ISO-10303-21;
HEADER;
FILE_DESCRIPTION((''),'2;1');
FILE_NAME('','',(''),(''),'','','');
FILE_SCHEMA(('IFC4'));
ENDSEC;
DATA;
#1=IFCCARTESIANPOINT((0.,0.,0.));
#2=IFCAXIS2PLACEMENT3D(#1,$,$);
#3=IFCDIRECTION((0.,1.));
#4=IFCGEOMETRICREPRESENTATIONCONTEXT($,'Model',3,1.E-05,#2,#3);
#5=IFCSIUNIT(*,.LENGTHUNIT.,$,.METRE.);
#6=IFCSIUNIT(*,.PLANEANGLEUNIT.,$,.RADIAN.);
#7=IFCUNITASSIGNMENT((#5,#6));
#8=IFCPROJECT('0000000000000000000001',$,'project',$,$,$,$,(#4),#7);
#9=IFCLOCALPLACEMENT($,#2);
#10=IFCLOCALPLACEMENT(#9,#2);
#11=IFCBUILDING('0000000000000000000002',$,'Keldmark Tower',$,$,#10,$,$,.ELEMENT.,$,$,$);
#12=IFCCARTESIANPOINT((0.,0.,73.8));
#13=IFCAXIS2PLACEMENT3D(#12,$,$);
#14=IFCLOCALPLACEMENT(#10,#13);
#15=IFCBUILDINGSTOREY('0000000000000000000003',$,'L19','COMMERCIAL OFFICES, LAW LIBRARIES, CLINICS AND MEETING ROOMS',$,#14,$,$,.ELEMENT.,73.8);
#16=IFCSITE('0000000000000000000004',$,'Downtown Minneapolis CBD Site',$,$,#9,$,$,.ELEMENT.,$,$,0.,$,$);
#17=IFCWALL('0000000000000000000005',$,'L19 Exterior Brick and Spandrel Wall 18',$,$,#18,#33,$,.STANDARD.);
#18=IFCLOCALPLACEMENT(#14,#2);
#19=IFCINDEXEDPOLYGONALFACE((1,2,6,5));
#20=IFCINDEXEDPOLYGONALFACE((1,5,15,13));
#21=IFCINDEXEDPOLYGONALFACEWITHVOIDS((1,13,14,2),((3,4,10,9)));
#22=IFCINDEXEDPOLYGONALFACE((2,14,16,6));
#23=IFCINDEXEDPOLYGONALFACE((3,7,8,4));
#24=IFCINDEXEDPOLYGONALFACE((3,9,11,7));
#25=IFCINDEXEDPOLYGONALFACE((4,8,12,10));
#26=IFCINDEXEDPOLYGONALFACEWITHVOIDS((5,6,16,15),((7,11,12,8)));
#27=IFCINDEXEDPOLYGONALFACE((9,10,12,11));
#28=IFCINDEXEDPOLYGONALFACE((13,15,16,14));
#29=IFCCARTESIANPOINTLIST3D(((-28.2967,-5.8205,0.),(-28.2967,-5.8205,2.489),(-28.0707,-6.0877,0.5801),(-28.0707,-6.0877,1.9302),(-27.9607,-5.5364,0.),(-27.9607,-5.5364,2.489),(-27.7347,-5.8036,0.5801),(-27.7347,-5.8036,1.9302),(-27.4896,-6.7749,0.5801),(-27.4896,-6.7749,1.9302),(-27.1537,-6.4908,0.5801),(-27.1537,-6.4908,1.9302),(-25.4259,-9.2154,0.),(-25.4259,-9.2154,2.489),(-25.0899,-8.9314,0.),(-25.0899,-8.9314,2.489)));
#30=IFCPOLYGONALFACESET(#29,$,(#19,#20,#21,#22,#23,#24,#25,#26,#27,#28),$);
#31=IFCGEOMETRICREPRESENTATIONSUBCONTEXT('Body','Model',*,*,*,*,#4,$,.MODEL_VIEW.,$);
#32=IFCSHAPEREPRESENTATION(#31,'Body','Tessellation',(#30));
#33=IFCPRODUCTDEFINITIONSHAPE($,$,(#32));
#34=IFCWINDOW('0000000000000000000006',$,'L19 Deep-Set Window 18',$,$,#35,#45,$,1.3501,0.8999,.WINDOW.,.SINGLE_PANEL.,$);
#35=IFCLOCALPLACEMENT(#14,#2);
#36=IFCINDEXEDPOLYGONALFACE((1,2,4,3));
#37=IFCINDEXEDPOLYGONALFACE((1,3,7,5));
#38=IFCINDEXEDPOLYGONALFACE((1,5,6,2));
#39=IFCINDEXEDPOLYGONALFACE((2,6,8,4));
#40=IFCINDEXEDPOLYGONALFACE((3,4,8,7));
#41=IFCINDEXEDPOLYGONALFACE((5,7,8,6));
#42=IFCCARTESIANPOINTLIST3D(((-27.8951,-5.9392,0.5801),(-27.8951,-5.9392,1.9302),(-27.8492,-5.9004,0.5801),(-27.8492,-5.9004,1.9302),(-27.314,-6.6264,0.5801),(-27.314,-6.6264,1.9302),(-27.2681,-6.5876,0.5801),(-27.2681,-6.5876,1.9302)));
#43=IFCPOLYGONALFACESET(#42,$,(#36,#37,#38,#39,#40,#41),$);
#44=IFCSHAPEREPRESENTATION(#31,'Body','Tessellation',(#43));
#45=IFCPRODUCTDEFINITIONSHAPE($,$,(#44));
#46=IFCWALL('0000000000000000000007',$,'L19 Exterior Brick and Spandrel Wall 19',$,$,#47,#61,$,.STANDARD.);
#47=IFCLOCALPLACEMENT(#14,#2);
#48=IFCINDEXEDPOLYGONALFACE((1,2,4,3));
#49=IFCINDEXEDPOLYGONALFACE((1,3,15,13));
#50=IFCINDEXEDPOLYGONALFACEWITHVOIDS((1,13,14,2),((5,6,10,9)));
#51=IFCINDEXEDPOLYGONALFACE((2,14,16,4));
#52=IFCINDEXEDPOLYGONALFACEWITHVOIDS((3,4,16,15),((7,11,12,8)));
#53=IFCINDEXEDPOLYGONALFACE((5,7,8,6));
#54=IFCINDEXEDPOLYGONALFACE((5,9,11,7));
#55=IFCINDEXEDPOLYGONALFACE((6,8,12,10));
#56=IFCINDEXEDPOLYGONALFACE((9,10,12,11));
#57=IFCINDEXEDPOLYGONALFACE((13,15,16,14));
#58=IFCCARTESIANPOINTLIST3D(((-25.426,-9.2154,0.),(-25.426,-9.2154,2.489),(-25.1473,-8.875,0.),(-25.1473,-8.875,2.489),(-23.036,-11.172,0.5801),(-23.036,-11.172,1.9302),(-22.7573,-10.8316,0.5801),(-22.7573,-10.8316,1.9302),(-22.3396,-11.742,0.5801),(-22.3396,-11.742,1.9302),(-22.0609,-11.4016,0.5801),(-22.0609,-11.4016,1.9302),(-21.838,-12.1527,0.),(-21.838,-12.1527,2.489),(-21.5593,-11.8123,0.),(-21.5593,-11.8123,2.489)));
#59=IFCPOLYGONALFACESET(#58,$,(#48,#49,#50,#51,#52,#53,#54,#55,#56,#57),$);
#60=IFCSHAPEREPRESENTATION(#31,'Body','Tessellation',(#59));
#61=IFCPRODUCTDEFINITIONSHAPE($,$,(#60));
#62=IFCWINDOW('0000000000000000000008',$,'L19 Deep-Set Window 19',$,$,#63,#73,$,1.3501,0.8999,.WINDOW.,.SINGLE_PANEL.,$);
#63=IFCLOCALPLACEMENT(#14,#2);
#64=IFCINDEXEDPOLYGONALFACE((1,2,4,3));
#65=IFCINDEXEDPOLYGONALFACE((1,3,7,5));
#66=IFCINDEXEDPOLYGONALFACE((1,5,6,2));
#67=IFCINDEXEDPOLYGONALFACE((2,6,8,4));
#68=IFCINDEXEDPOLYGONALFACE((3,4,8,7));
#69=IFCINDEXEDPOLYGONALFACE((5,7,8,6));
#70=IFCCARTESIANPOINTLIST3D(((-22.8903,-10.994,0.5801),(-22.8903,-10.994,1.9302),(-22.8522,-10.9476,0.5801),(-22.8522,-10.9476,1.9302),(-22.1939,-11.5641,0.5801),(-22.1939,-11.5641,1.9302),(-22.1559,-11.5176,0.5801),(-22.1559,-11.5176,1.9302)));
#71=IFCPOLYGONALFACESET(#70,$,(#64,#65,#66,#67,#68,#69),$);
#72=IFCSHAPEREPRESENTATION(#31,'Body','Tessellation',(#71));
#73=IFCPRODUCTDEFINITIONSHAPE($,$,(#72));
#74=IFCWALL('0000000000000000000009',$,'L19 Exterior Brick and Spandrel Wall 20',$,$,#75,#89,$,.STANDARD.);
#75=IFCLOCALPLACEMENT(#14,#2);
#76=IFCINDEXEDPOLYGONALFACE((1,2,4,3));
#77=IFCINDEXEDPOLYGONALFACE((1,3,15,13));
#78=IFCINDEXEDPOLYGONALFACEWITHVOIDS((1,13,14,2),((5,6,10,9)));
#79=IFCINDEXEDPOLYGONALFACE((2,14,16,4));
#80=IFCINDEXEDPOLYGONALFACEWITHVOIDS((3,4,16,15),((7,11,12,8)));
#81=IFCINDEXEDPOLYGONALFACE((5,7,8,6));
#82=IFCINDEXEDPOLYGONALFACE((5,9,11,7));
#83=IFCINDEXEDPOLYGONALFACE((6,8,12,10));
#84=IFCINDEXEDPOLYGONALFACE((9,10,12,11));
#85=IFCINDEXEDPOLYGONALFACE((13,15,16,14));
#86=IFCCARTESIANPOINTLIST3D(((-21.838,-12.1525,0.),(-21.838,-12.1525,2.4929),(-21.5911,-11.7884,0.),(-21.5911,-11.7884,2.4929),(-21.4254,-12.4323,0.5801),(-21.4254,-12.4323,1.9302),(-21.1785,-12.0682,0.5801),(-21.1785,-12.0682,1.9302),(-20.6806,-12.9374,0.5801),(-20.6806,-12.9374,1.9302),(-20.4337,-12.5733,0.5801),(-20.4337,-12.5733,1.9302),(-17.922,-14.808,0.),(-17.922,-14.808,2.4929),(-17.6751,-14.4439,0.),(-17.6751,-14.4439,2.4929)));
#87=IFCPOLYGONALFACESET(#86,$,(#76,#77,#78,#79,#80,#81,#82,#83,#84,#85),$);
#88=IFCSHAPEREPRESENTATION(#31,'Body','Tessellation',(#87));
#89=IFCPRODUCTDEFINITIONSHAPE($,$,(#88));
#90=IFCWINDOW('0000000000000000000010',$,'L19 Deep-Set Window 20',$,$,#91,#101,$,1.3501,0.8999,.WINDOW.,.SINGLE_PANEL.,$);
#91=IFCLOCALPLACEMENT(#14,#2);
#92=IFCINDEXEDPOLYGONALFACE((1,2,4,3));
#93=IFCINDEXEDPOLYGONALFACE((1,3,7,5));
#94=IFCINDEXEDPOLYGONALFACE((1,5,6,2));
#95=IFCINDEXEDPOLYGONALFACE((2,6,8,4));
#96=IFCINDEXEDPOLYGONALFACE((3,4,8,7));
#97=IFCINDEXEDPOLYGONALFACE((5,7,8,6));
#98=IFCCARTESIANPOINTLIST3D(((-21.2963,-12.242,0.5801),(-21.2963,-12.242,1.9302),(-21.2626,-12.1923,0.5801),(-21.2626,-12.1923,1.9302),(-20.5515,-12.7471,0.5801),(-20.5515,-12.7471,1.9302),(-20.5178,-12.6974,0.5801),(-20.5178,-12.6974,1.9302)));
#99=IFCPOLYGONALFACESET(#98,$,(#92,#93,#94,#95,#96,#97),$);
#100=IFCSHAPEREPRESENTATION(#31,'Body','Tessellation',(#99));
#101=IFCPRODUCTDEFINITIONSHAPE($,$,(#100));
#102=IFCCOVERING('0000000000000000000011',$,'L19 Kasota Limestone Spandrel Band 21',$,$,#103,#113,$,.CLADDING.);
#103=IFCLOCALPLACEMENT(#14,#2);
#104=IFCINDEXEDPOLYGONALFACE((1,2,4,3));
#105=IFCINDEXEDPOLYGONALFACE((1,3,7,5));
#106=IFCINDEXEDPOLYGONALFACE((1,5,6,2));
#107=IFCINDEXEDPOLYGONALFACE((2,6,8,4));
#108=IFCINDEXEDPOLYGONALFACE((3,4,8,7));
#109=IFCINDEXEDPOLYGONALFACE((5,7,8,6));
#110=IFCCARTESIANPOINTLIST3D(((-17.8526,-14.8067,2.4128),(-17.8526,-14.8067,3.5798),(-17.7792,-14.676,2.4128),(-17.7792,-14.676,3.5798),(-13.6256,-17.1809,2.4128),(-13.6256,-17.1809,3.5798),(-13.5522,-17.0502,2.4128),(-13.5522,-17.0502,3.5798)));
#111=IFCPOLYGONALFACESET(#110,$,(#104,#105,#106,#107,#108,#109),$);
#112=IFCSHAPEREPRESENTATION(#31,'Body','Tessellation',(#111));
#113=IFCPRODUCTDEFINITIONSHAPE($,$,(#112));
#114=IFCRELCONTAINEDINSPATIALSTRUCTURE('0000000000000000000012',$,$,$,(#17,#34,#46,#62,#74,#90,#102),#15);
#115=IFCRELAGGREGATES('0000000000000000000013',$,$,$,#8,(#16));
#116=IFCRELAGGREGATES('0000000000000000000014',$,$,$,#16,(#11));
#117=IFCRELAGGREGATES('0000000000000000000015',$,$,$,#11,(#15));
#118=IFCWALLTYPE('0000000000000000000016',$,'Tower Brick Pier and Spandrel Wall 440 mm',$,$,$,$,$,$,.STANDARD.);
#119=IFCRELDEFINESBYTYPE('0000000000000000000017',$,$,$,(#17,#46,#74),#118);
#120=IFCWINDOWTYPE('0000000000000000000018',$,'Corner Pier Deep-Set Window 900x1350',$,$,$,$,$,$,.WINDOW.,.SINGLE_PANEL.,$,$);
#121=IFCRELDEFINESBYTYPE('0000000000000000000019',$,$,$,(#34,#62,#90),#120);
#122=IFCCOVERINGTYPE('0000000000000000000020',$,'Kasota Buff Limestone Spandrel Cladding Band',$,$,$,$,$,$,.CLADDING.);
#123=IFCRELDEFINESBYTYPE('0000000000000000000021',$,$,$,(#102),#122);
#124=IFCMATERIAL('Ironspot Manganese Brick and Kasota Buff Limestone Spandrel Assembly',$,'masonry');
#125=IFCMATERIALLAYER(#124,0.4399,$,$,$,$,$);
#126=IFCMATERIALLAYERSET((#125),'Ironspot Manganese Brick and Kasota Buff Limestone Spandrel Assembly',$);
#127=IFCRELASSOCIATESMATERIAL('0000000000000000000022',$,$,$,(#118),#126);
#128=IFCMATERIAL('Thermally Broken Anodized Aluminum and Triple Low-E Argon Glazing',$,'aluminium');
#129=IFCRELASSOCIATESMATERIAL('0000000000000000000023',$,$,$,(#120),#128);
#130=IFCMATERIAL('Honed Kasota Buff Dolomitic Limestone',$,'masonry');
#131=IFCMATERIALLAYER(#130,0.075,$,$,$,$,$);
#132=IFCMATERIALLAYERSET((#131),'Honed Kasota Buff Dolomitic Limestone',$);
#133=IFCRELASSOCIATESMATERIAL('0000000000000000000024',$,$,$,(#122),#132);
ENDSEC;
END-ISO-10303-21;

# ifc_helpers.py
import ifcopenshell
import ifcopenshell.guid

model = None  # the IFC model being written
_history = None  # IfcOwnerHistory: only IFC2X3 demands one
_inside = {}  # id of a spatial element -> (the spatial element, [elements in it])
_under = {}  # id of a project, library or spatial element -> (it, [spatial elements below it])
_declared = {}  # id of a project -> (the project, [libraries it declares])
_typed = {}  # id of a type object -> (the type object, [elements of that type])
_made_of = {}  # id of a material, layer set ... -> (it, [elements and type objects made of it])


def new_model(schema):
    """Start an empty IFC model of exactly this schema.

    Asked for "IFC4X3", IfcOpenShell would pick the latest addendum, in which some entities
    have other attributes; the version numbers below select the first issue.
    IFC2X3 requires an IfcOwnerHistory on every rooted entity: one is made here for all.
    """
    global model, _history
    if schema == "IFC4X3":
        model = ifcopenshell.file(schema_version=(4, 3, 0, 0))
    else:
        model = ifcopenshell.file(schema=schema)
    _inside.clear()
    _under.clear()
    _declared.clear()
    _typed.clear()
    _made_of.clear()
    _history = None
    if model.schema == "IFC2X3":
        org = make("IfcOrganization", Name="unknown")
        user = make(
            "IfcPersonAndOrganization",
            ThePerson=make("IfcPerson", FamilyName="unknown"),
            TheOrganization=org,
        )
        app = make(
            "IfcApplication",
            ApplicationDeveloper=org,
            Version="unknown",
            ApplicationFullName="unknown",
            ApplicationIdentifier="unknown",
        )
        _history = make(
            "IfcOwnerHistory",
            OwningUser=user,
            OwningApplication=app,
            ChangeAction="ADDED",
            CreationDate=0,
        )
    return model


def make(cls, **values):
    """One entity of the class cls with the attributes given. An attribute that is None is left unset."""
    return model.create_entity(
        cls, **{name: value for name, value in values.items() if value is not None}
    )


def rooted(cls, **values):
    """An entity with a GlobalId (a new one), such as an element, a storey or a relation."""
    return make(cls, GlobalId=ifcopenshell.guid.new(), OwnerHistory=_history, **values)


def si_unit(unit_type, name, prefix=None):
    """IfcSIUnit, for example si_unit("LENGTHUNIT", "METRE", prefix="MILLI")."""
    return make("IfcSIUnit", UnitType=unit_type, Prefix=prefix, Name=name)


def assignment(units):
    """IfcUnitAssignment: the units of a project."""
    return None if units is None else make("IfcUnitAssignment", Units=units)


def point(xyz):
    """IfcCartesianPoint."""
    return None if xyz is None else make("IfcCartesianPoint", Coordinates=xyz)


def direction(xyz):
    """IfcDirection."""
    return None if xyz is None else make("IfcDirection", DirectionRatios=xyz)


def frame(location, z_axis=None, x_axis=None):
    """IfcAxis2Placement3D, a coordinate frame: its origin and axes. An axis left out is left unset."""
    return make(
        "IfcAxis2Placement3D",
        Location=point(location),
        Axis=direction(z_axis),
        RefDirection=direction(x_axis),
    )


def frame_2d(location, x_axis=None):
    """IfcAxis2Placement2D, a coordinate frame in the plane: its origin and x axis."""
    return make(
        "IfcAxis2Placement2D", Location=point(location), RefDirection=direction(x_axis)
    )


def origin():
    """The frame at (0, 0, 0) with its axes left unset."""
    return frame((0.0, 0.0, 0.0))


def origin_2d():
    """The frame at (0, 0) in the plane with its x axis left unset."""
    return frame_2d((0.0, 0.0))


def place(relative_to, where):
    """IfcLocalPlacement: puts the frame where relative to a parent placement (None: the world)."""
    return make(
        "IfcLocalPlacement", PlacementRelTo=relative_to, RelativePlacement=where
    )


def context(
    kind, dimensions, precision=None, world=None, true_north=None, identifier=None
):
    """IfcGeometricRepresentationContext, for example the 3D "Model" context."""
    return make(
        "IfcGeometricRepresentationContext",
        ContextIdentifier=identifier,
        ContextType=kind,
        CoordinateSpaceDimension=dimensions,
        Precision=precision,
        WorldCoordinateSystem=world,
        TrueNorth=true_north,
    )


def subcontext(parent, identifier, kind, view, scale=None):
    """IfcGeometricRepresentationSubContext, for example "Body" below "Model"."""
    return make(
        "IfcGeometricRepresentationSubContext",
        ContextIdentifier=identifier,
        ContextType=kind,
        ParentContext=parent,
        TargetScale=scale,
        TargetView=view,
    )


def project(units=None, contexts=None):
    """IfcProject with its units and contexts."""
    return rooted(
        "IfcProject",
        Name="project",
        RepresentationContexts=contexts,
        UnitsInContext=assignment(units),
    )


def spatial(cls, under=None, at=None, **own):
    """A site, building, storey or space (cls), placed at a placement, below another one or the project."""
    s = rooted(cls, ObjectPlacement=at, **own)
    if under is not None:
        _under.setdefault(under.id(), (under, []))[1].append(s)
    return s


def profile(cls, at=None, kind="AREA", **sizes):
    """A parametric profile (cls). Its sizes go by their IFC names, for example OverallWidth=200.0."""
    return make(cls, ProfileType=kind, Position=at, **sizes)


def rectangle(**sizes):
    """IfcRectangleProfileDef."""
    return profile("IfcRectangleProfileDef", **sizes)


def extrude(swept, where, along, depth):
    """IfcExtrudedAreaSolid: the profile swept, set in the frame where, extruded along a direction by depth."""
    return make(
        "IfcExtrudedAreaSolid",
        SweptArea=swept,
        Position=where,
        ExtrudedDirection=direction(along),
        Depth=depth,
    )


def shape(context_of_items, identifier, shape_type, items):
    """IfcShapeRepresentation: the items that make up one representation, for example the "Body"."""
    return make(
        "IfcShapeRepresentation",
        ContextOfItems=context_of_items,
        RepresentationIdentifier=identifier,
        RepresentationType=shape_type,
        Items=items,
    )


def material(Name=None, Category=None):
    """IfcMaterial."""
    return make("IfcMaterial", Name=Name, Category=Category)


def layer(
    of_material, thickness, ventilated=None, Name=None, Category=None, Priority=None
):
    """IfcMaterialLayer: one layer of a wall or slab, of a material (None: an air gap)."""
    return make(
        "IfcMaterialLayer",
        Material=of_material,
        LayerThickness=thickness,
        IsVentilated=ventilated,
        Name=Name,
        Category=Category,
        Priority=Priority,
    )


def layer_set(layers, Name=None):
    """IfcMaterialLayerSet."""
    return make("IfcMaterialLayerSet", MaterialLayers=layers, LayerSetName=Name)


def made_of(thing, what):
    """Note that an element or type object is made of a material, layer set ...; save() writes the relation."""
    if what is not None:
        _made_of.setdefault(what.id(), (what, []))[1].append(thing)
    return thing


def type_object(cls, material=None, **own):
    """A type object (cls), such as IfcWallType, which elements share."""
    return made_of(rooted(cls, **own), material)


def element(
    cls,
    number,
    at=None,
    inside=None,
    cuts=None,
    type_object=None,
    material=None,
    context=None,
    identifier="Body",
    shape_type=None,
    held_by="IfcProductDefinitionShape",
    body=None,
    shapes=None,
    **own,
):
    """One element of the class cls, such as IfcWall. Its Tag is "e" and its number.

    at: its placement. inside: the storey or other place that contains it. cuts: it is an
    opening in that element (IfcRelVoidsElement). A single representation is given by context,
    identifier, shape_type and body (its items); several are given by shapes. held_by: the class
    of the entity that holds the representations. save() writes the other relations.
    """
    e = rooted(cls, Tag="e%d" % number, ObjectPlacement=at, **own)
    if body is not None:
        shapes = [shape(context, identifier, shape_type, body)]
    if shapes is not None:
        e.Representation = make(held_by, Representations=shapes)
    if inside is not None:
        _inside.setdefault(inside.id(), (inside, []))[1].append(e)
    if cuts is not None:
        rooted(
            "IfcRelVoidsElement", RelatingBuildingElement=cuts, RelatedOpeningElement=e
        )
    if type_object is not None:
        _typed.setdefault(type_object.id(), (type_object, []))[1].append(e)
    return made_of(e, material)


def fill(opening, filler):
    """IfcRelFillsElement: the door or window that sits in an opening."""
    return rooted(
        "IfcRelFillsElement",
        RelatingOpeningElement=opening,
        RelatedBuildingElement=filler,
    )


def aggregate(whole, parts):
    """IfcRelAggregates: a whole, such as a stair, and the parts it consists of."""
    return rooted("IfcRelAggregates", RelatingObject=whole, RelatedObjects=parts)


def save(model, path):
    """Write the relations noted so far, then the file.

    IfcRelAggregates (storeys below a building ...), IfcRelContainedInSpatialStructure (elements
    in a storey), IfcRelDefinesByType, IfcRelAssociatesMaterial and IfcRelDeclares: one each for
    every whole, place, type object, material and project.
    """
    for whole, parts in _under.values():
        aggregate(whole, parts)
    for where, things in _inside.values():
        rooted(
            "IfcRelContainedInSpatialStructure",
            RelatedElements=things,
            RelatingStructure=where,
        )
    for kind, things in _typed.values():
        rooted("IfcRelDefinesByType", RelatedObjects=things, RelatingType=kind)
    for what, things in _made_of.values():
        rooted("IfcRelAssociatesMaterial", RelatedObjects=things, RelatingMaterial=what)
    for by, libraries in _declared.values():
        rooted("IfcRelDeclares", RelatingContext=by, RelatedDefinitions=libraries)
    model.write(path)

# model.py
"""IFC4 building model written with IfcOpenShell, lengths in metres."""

from ifc_helpers import new_model, si_unit, direction, frame, frame_2d, origin, origin_2d, place, context, subcontext, project, spatial, rectangle, extrude, material, layer, layer_set, type_object, element, fill, save


model = new_model("IFC4")

# Units and contexts
model_context = context("Model", 3, precision=1e-05, world=origin(), true_north=direction((0.0, 1.0)))
body_context = subcontext(model_context, "Body", "Model", "MODEL_VIEW")
ifc_project = project(units=[si_unit("LENGTHUNIT", "METRE"), si_unit("PLANEANGLEUNIT", "RADIAN")], contexts=[model_context])

# Site, building, storey
site_placement = place(None, origin())
site = spatial("IfcSite", under=ifc_project, at=site_placement, Name="Downtown Minneapolis CBD Site", CompositionType="ELEMENT", RefElevation=0.0)
building_placement = place(site_placement, origin())
building = spatial("IfcBuilding", under=site, at=building_placement, Name="Keldmark Tower", CompositionType="ELEMENT")
storey_placement = place(building_placement, frame((0.0, 0.0, 73.8)))
storey = spatial("IfcBuildingStorey", under=building, at=storey_placement, Name="L19", Description="COMMERCIAL OFFICES, LAW LIBRARIES, CLINICS AND MEETING ROOMS", CompositionType="ELEMENT", Elevation=73.8)

# Walls, openings, windows
ifc_material_1 = material(Name="Ironspot Manganese Brick and Kasota Buff Limestone Spandrel Assembly", Category="masonry")
ifc_layer_1 = layer(ifc_material_1, 0.4399)
ifc_layer_set_1 = layer_set([ifc_layer_1], Name="Ironspot Manganese Brick and Kasota Buff Limestone Spandrel Assembly")
wall_type_1 = type_object("IfcWallType", Name="Tower Brick Pier and Spandrel Wall 440 mm", PredefinedType="STANDARD", material=ifc_layer_set_1)
wall_1_placement = place(storey_placement, frame((-25.2578, -9.0735, 0.0), z_axis=(0.0, 0.0, 1.0), x_axis=(-0.645699, 0.763592, 0.0)))
wall_1 = element("IfcWall", 1, at=wall_1_placement, inside=storey, type_object=wall_type_1, Name="L19 Exterior Brick and Spandrel Wall 18", PredefinedType="STANDARD", context=body_context, shape_type="SweptSolid", body=[
    extrude(rectangle(XDim=4.446, YDim=0.4399, at=frame_2d((2.2231, 0.0))), origin(), (0.0, 0.0, 1.0), 2.489),
])
opening_1_placement = place(wall_1_placement, frame((3.1963, 0.0, 0.5801)))
opening_1 = element("IfcOpeningElement", 2, at=opening_1_placement, cuts=wall_1, PredefinedType="OPENING", context=body_context, shape_type="SweptSolid", body=[
    extrude(rectangle(XDim=0.8999, YDim=1.3501, at=frame_2d((0.45, 0.675))), frame((0.0, 0.23, 0.0), z_axis=(0.0, -1.0, 0.0), x_axis=(1.0, 0.0, 0.0)), (0.0, 0.0, 1.0), 0.46),
])
ifc_material_2 = material(Name="Thermally Broken Anodized Aluminum and Triple Low-E Argon Glazing", Category="aluminium")
window_type = type_object("IfcWindowType", Name="Corner Pier Deep-Set Window 900x1350", PartitioningType="SINGLE_PANEL", PredefinedType="WINDOW", material=ifc_material_2)
window_1_placement = place(opening_1_placement, origin())
window_1 = element("IfcWindow", 3, at=window_1_placement, inside=storey, type_object=window_type, Name="L19 Deep-Set Window 18", OverallHeight=1.3501, OverallWidth=0.8999, PartitioningType="SINGLE_PANEL", PredefinedType="WINDOW", context=body_context, shape_type="SweptSolid", body=[
    extrude(rectangle(XDim=0.8999, YDim=1.3501, at=frame_2d((0.45, 0.675))), frame((0.0, -0.01, 0.0), z_axis=(0.0, -1.0, 0.0), x_axis=(1.0, 0.0, 0.0)), (0.0, 0.0, 1.0), 0.0601),
])
fill(opening_1, window_1)
wall_2_placement = place(storey_placement, frame((-21.6987, -11.9824, 0.0), z_axis=(0.0, 0.0, 1.0), x_axis=(-0.773777, 0.633459, 0.0)))
wall_2 = element("IfcWall", 4, at=wall_2_placement, inside=storey, type_object=wall_type_1, Name="L19 Exterior Brick and Spandrel Wall 19", PredefinedType="STANDARD", context=body_context, shape_type="SweptSolid", body=[
    extrude(rectangle(XDim=4.637, YDim=0.4399, at=frame_2d((2.3184, 0.0))), origin(), (0.0, 0.0, 1.0), 2.489),
])
opening_2_placement = place(wall_2_placement, frame((0.6482, 0.0, 0.5801)))
opening_2 = element("IfcOpeningElement", 5, at=opening_2_placement, cuts=wall_2, PredefinedType="OPENING", context=body_context, shape_type="SweptSolid", body=[
    extrude(rectangle(XDim=0.8999, YDim=1.3501, at=frame_2d((0.45, 0.675))), frame((0.0, 0.23, 0.0), z_axis=(0.0, -1.0, 0.0), x_axis=(1.0, 0.0, 0.0)), (0.0, 0.0, 1.0), 0.46),
])
window_2_placement = place(opening_2_placement, origin())
window_2 = element("IfcWindow", 6, at=window_2_placement, inside=storey, type_object=window_type, Name="L19 Deep-Set Window 19", OverallHeight=1.3501, OverallWidth=0.8999, PartitioningType="SINGLE_PANEL", PredefinedType="WINDOW", context=body_context, shape_type="SweptSolid", body=[
    extrude(rectangle(XDim=0.8999, YDim=1.3501, at=frame_2d((0.45, 0.675))), frame((0.0, -0.01, 0.0), z_axis=(0.0, -1.0, 0.0), x_axis=(1.0, 0.0, 0.0)), (0.0, 0.0, 1.0), 0.0601),
])
fill(opening_2, window_2)
wall_3_placement = place(storey_placement, frame((-17.7986, -14.626, 0.0), z_axis=(0.0, 0.0, 1.0), x_axis=(-0.82765, 0.561244, 0.0)))
wall_3 = element("IfcWall", 7, at=wall_3_placement, inside=storey, type_object=wall_type_1, Name="L19 Exterior Brick and Spandrel Wall 20", PredefinedType="STANDARD", context=body_context, shape_type="SweptSolid", body=[
    extrude(rectangle(XDim=4.7314, YDim=0.4399, at=frame_2d((2.3657, 0.0))), origin(), (0.0, 0.0, 1.0), 2.4929),
])
opening_3_placement = place(wall_3_placement, frame((3.333, 0.0, 0.5801)))
opening_3 = element("IfcOpeningElement", 8, at=opening_3_placement, cuts=wall_3, PredefinedType="OPENING", context=body_context, shape_type="SweptSolid", body=[
    extrude(rectangle(XDim=0.8999, YDim=1.3501, at=frame_2d((0.45, 0.675))), frame((0.0, 0.23, 0.0), z_axis=(0.0, -1.0, 0.0), x_axis=(1.0, 0.0, 0.0)), (0.0, 0.0, 1.0), 0.46),
])
window_3_placement = place(opening_3_placement, origin())
window_3 = element("IfcWindow", 9, at=window_3_placement, inside=storey, type_object=window_type, Name="L19 Deep-Set Window 20", OverallHeight=1.3501, OverallWidth=0.8999, PartitioningType="SINGLE_PANEL", PredefinedType="WINDOW", context=body_context, shape_type="SweptSolid", body=[
    extrude(rectangle(XDim=0.8999, YDim=1.3501, at=frame_2d((0.45, 0.675))), frame((0.0, -0.01, 0.0), z_axis=(0.0, -1.0, 0.0), x_axis=(1.0, 0.0, 0.0)), (0.0, 0.0, 1.0), 0.0601),
])
fill(opening_3, window_3)

# Covering
ifc_material_3 = material(Name="Honed Kasota Buff Dolomitic Limestone", Category="masonry")
ifc_layer_2 = layer(ifc_material_3, 0.075)
ifc_layer_set_2 = layer_set([ifc_layer_2], Name="Honed Kasota Buff Dolomitic Limestone")
covering_type = type_object("IfcCoveringType", Name="Kasota Buff Limestone Spandrel Cladding Band", PredefinedType="CLADDING", material=ifc_layer_set_2)
covering_placement = place(storey_placement, frame((-15.7024, -15.9285, 2.4128), z_axis=(0.0, 0.0, 1.0), x_axis=(0.87189, -0.489702, 0.0)))
element("IfcCovering", 10, at=covering_placement, inside=storey, type_object=covering_type, Name="L19 Kasota Limestone Spandrel Band 21", PredefinedType="CLADDING", context=body_context, shape_type="SweptSolid", body=[
    extrude(rectangle(XDim=4.8481, YDim=0.1499, at=origin_2d()), origin(), (0.0, 0.0, 1.0), 1.167),
])

save(model, "model.ifc")
